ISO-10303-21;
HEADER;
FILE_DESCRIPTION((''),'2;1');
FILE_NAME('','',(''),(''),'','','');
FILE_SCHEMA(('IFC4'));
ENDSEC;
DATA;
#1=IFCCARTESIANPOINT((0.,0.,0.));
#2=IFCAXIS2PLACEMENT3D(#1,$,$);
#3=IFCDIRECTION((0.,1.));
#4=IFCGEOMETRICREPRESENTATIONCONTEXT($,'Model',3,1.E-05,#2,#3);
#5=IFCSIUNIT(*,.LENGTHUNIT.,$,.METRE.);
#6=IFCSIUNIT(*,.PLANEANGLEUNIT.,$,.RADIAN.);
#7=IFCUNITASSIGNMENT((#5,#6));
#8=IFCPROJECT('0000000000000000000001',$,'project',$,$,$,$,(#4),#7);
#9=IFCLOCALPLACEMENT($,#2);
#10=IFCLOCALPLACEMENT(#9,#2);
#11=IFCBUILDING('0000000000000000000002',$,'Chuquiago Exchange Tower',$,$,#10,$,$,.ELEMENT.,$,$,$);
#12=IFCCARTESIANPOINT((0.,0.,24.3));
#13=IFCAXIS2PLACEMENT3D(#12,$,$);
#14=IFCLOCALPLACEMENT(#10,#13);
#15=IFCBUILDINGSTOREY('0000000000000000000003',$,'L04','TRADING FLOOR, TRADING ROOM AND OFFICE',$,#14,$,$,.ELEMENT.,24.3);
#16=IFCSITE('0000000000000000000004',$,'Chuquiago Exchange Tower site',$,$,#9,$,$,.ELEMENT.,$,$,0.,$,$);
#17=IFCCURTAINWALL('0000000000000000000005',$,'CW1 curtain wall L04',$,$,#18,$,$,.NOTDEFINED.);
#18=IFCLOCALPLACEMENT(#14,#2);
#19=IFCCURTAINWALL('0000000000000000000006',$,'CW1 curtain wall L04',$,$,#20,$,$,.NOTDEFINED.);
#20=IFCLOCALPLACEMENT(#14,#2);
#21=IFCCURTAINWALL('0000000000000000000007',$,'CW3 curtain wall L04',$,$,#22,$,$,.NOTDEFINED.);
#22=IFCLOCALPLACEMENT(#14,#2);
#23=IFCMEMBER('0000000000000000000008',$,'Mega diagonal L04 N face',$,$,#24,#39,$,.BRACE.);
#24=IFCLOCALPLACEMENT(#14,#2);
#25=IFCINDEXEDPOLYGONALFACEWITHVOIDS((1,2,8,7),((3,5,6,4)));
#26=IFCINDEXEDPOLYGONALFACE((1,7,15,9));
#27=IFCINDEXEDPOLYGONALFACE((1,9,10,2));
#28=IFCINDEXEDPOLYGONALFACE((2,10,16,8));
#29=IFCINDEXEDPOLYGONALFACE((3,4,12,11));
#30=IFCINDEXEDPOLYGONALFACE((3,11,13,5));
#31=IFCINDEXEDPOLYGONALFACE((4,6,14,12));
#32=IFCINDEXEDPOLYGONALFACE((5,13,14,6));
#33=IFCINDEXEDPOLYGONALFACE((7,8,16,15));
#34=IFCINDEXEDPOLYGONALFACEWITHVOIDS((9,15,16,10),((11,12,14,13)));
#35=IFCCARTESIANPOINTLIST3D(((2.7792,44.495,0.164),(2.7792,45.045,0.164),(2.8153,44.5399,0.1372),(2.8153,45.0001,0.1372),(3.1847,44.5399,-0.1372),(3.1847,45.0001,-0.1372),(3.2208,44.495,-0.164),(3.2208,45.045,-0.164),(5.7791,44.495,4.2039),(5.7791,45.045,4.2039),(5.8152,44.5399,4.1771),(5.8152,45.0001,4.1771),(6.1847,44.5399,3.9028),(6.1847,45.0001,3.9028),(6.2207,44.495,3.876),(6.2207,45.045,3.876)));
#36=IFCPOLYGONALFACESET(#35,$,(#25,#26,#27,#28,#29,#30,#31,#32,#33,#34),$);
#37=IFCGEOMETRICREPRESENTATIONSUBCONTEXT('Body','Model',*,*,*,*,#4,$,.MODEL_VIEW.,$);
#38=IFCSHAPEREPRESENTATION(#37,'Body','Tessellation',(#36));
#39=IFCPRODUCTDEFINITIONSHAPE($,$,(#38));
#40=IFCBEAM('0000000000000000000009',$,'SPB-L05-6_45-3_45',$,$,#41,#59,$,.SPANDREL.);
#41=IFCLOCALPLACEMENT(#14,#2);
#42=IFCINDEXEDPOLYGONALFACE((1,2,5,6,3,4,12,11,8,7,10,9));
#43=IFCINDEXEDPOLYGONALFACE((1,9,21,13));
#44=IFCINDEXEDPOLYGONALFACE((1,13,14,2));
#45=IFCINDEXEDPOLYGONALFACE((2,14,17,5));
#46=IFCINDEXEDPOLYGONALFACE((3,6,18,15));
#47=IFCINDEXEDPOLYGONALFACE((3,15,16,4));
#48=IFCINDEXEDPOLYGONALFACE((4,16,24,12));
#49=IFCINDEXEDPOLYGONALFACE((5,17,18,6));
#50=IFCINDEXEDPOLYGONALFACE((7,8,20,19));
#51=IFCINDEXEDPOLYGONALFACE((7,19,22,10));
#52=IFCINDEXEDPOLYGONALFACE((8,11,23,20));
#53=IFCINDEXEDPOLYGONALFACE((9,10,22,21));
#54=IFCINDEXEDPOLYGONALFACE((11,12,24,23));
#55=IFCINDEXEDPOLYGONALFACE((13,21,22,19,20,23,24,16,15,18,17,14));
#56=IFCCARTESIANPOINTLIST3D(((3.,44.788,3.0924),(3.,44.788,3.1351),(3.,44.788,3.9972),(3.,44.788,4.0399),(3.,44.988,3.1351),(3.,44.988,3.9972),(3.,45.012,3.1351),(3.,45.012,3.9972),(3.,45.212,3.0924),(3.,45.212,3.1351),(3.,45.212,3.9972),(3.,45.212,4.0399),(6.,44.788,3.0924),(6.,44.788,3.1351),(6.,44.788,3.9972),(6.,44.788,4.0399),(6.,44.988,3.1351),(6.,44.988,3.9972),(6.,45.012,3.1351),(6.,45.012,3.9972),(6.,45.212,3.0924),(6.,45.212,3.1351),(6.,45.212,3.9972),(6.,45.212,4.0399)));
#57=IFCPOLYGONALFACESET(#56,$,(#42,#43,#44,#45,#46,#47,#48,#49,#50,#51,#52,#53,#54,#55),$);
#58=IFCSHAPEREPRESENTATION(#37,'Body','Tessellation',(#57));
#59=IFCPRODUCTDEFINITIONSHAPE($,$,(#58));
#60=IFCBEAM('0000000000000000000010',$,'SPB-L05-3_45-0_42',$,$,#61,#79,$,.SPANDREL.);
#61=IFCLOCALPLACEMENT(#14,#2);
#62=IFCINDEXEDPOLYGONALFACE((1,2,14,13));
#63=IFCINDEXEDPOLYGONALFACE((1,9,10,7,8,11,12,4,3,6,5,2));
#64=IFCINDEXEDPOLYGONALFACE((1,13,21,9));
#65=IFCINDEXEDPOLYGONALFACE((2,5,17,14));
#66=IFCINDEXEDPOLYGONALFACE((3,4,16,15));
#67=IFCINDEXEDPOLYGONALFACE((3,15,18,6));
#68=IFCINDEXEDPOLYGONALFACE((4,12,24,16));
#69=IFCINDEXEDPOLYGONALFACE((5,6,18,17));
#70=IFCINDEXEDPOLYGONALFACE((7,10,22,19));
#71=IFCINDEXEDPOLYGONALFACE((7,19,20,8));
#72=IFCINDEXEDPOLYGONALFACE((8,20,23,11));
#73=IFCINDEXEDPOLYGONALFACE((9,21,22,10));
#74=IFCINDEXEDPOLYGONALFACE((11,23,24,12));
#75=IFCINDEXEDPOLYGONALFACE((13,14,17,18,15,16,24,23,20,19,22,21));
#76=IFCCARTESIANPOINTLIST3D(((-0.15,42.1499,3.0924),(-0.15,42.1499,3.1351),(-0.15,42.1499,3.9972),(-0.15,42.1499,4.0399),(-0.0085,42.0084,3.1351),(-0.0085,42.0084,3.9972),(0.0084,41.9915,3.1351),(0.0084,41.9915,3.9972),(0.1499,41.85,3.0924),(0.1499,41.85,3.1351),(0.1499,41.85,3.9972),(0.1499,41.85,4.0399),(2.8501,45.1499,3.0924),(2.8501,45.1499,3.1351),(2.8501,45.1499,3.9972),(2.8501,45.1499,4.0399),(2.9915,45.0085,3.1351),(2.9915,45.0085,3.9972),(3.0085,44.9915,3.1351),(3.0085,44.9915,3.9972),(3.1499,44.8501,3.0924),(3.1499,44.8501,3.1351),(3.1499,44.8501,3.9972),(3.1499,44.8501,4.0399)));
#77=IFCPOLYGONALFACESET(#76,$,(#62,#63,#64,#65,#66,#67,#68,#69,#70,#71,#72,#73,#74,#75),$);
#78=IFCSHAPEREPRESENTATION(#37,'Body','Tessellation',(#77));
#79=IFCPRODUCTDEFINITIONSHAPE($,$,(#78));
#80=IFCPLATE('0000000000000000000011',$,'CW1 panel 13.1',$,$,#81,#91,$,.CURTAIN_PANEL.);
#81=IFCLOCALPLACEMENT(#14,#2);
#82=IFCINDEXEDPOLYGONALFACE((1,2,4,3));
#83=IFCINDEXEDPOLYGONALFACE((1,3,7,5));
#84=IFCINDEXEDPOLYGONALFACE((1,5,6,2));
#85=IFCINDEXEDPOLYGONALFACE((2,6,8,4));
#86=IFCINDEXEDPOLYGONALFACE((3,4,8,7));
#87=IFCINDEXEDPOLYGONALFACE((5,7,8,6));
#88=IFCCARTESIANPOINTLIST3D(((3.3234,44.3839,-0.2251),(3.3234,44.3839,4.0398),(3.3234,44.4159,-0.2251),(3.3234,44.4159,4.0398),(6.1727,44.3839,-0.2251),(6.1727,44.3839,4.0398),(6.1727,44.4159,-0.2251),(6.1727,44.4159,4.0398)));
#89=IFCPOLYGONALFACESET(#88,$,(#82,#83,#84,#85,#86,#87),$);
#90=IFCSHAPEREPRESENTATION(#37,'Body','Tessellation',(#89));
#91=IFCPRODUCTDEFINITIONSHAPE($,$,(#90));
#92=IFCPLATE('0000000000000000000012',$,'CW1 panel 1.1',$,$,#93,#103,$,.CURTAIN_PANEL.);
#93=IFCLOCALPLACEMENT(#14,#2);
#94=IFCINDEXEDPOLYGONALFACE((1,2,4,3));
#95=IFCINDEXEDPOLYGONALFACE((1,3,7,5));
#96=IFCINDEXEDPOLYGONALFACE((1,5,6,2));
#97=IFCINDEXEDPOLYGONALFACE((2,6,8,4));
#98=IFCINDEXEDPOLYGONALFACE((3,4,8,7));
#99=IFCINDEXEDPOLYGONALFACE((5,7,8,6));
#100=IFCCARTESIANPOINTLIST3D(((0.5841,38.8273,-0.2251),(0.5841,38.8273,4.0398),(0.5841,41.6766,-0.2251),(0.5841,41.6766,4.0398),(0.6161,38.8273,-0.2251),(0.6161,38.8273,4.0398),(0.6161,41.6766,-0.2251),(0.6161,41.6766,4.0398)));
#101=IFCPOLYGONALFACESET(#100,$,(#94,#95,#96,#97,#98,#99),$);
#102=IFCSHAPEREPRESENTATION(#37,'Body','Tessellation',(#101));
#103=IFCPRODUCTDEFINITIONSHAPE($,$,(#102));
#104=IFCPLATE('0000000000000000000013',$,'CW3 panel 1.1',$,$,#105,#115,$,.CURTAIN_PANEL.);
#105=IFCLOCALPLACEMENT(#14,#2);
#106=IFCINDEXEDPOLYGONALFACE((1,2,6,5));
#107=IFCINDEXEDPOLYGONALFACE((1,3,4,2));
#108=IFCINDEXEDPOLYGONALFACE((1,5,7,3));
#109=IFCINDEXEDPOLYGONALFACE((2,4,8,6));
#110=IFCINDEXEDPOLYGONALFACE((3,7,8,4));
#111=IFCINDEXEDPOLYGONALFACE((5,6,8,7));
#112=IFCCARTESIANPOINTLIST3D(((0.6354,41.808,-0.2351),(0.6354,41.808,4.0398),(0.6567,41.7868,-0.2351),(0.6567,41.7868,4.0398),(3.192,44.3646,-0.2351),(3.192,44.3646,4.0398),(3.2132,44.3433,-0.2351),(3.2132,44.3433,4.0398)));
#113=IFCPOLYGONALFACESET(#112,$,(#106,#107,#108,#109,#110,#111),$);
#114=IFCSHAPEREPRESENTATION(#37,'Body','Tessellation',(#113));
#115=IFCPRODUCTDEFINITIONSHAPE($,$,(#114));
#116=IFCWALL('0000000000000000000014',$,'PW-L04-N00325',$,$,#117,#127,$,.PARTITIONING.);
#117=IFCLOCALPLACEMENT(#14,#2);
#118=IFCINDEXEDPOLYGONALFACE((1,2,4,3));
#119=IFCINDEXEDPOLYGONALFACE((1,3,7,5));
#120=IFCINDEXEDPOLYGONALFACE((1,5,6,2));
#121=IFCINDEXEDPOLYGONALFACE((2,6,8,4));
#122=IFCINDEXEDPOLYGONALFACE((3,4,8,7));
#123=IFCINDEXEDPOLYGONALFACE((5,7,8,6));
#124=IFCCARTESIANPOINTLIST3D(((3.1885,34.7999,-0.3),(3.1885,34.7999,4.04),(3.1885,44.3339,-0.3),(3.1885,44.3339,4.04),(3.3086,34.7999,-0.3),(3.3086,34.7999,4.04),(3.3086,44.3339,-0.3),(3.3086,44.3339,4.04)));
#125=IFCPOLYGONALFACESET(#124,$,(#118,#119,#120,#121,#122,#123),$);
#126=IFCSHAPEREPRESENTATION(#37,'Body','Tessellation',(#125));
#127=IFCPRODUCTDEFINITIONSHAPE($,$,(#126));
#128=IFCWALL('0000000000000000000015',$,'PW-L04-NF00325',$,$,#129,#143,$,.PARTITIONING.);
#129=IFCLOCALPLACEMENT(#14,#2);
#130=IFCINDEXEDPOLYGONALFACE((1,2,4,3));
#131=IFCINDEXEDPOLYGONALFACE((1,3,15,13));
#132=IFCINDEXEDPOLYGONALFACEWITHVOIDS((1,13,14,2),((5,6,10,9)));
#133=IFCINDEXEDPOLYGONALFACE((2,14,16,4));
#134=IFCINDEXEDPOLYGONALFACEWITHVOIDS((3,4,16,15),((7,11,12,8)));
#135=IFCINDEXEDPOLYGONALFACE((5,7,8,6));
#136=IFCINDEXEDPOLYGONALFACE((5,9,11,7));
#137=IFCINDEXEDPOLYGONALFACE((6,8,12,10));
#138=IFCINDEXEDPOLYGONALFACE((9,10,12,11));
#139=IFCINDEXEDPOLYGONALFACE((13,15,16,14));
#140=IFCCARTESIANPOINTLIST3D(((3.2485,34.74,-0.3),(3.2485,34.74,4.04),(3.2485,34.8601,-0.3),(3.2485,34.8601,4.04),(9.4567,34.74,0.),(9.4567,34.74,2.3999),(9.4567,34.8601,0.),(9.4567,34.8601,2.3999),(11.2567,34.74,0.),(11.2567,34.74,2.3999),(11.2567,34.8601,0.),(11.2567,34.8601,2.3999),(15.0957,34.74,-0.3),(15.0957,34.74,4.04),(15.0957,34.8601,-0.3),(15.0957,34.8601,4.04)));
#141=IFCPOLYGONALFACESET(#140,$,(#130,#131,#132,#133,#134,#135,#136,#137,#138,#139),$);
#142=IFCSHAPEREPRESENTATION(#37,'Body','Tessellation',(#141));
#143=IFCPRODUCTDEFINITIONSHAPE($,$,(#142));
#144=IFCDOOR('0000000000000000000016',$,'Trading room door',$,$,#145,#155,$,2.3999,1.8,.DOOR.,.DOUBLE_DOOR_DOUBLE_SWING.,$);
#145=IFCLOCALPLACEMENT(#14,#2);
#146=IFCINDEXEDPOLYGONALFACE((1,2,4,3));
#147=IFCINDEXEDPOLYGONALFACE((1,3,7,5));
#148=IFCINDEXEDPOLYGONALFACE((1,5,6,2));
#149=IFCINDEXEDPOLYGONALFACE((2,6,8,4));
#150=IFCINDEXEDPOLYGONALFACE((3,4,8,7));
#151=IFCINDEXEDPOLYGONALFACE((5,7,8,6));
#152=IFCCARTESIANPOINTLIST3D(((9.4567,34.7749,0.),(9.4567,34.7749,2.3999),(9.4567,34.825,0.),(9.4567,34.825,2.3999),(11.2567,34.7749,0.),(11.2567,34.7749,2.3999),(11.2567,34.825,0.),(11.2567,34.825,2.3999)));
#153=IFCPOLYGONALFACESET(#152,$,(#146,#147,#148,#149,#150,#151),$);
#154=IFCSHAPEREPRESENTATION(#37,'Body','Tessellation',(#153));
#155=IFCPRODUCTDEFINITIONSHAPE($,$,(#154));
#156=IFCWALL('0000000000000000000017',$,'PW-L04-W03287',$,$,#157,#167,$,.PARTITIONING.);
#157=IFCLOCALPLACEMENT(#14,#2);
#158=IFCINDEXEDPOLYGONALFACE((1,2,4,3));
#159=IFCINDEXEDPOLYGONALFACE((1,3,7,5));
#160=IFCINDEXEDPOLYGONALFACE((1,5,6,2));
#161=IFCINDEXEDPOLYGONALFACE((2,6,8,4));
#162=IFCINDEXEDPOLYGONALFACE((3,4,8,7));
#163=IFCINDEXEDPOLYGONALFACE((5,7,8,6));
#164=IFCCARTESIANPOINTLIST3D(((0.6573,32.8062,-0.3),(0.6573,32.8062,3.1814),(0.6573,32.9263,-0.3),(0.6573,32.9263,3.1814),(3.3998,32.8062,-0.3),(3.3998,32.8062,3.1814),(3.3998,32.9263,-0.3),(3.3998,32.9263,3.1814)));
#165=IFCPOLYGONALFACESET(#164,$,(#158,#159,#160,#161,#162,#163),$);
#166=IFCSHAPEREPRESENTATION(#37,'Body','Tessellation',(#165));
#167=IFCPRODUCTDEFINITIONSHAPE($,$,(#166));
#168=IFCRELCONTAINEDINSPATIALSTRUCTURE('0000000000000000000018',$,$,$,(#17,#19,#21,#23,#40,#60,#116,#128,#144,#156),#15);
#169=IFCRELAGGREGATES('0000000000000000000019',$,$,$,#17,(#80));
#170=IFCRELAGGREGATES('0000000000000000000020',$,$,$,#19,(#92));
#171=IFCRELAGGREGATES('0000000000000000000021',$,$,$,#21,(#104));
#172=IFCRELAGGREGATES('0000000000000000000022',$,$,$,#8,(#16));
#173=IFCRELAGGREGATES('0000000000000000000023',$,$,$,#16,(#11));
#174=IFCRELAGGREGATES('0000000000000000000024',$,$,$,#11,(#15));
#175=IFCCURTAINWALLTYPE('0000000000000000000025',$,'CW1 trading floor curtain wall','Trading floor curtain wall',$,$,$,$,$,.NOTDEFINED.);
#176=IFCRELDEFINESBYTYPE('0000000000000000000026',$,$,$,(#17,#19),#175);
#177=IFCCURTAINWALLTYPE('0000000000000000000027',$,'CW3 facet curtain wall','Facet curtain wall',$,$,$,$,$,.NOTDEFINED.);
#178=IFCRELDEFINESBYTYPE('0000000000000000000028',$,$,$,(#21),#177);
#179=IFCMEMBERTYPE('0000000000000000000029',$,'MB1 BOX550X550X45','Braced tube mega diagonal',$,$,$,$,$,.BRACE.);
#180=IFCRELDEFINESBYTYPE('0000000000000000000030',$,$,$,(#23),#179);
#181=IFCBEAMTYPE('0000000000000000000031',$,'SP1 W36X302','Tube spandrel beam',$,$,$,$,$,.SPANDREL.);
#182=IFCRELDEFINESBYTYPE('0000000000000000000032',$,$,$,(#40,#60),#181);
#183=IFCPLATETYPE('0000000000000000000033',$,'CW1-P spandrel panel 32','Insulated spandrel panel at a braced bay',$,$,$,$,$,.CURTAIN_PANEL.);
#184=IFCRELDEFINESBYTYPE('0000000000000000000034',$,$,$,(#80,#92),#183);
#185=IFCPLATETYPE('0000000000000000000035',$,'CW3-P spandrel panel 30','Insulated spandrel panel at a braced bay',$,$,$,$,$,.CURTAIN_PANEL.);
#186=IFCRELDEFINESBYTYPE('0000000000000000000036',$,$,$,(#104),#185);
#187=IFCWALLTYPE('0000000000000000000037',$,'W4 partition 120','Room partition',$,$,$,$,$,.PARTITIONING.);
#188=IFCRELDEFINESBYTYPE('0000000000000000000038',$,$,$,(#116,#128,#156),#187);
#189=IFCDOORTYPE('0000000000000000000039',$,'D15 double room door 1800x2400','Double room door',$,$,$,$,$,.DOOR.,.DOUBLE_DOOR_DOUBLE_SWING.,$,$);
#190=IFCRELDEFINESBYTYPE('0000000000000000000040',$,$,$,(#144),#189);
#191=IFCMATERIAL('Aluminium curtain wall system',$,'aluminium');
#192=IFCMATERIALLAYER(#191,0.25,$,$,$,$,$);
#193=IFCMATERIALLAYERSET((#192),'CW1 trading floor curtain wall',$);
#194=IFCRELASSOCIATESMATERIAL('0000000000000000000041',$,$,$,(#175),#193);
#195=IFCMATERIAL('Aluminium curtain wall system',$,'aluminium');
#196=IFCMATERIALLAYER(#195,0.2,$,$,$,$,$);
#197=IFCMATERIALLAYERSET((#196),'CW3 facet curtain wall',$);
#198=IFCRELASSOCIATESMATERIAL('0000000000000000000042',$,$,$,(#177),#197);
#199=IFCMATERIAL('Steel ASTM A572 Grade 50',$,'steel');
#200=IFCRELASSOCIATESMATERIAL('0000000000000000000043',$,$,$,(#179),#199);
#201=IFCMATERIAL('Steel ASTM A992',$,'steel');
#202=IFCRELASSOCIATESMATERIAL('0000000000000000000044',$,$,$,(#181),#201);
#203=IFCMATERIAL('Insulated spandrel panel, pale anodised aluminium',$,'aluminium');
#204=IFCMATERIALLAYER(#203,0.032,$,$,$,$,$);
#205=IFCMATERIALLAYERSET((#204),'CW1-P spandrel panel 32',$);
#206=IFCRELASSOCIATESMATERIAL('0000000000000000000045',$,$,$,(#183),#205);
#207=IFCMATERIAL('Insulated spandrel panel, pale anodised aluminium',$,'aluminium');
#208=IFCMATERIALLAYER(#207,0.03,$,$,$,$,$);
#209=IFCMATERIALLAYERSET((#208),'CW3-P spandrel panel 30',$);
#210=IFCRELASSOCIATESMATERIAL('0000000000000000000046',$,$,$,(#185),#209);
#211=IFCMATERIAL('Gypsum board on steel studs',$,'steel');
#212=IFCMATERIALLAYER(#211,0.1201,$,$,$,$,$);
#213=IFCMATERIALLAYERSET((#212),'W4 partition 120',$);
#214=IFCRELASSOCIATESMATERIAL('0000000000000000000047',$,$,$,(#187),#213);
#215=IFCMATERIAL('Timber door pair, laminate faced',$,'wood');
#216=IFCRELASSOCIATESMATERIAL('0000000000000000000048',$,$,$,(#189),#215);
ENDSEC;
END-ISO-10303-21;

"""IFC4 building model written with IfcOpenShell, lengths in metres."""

from ifc_helpers import new_model, si_unit, direction, frame, frame_2d, origin, origin_2d, place, context, subcontext, project, spatial, rectangle, hollow_rectangle, i_section, extrude, material, layer, layer_set, material_profile, profile_set, type_object, element, fill, aggregate, save


model = new_model("IFC4")

# Units and contexts
model_context = context("Model", 3, precision=1e-05, world=origin(), true_north=direction((0.0, 1.0)))
body_context = subcontext(model_context, "Body", "Model", "MODEL_VIEW")
ifc_project = project(units=[si_unit("LENGTHUNIT", "METRE"), si_unit("PLANEANGLEUNIT", "RADIAN")], contexts=[model_context])

# Site, building, storey
site_placement = place(None, origin())
site = spatial("IfcSite", under=ifc_project, at=site_placement, Name="Chuquiago Exchange Tower site", CompositionType="ELEMENT", RefElevation=0.0)
building_placement = place(site_placement, origin())
building = spatial("IfcBuilding", under=site, at=building_placement, Name="Chuquiago Exchange Tower", CompositionType="ELEMENT")
storey_placement = place(building_placement, frame((0.0, 0.0, 24.3)))
storey = spatial("IfcBuildingStorey", under=building, at=storey_placement, Name="L04", Description="TRADING FLOOR, TRADING ROOM AND OFFICE", CompositionType="ELEMENT", Elevation=24.3)

# Curtain wall
ifc_material_1 = material(Name="Aluminium curtain wall system", Category="aluminium")
ifc_layer_1 = layer(ifc_material_1, 0.25)
ifc_layer_set_1 = layer_set([ifc_layer_1], Name="CW1 trading floor curtain wall")
curtain_wall_type_1 = type_object("IfcCurtainWallType", Name="CW1 trading floor curtain wall", Description="Trading floor curtain wall", PredefinedType="NOTDEFINED", material=ifc_layer_set_1)
curtain_wall_1_placement = place(storey_placement, origin())
curtain_wall_1 = element("IfcCurtainWall", 1, at=curtain_wall_1_placement, inside=storey, type_object=curtain_wall_type_1, Name="CW1 curtain wall L04", PredefinedType="NOTDEFINED")

# Curtain wall
curtain_wall_2_placement = place(storey_placement, origin())
curtain_wall_2 = element("IfcCurtainWall", 2, at=curtain_wall_2_placement, inside=storey, type_object=curtain_wall_type_1, Name="CW1 curtain wall L04", PredefinedType="NOTDEFINED")

# Curtain wall
ifc_material_2 = material(Name="Aluminium curtain wall system", Category="aluminium")
ifc_layer_2 = layer(ifc_material_2, 0.2)
ifc_layer_set_2 = layer_set([ifc_layer_2], Name="CW3 facet curtain wall")
curtain_wall_type_2 = type_object("IfcCurtainWallType", Name="CW3 facet curtain wall", Description="Facet curtain wall", PredefinedType="NOTDEFINED", material=ifc_layer_set_2)
curtain_wall_3_placement = place(storey_placement, origin())
curtain_wall_3 = element("IfcCurtainWall", 3, at=curtain_wall_3_placement, inside=storey, type_object=curtain_wall_type_2, Name="CW3 curtain wall L04", PredefinedType="NOTDEFINED")

# Member
ifc_material_3 = material(Name="Steel ASTM A572 Grade 50", Category="steel")
ifc_material_profile_1 = material_profile(ifc_material_3, hollow_rectangle(XDim=0.55, YDim=0.55, WallThickness=0.0449, at=origin_2d()), Name="BOX550X550X45")
ifc_profile_set_1 = profile_set([ifc_material_profile_1], Name="Steel ASTM A572 Grade 50")
member_type_1 = type_object("IfcMemberType", Name="MB1 BOX550X550X45", Description="Braced tube mega diagonal", PredefinedType="BRACE", material=ifc_profile_set_1)
member_1_placement = place(storey_placement, frame((3.0, 44.77, 0.0), z_axis=(0.596174, 0.0, 0.802855), x_axis=(0.0, 1.0, 0.0)))
element("IfcMember", 4, at=member_1_placement, inside=storey, type_object=member_type_1, Name="Mega diagonal L04 N face", PredefinedType="BRACE", context=body_context, shape_type="SweptSolid", body=[
    extrude(hollow_rectangle(XDim=0.55, YDim=0.55, WallThickness=0.0449, at=origin_2d()), origin(), (0.0, 0.0, 1.0), 5.032),
])

# Beams
ifc_material_4 = material(Name="Steel ASTM A992", Category="steel")
ifc_material_profile_2 = material_profile(ifc_material_4, i_section(OverallWidth=0.4241, OverallDepth=0.9475, WebThickness=0.0239, FlangeThickness=0.0427, at=origin_2d()), Name="W36X302")
ifc_profile_set_2 = profile_set([ifc_material_profile_2], Name="Steel ASTM A992")
beam_type = type_object("IfcBeamType", Name="SP1 W36X302", Description="Tube spandrel beam", PredefinedType="SPANDREL", material=ifc_profile_set_2)
beam_1_placement = place(storey_placement, frame((6.0, 45.0, 3.5662), z_axis=(-1.0, 0.0, 0.0), x_axis=(0.0, -1.0, 0.0)))
element("IfcBeam", 5, at=beam_1_placement, inside=storey, type_object=beam_type, Name="SPB-L05-6_45-3_45", PredefinedType="SPANDREL", context=body_context, shape_type="SweptSolid", body=[
    extrude(i_section(OverallWidth=0.4241, OverallDepth=0.9475, WebThickness=0.0239, FlangeThickness=0.0427, at=origin_2d()), origin(), (0.0, 0.0, 1.0), 3.0),
])
beam_2_placement = place(storey_placement, frame((3.0, 45.0, 3.5662), z_axis=(-0.707107, -0.707107, 0.0), x_axis=(0.707107, -0.707107, 0.0)))
element("IfcBeam", 6, at=beam_2_placement, inside=storey, type_object=beam_type, Name="SPB-L05-3_45-0_42", PredefinedType="SPANDREL", context=body_context, shape_type="SweptSolid", body=[
    extrude(i_section(OverallWidth=0.4241, OverallDepth=0.9475, WebThickness=0.0239, FlangeThickness=0.0427, at=origin_2d()), origin(), (0.0, 0.0, 1.0), 4.2427),
])

# Plates
ifc_material_5 = material(Name="Insulated spandrel panel, pale anodised aluminium", Category="aluminium")
ifc_layer_3 = layer(ifc_material_5, 0.032)
ifc_layer_set_3 = layer_set([ifc_layer_3], Name="CW1-P spandrel panel 32")
plate_type_1 = type_object("IfcPlateType", Name="CW1-P spandrel panel 32", Description="Insulated spandrel panel at a braced bay", PredefinedType="CURTAIN_PANEL", material=ifc_layer_set_3)
plate_1_placement = place(storey_placement, frame((4.748, 44.3999, -0.2251), z_axis=(0.0, 0.0, 1.0), x_axis=(-1.0, 0.0, 0.0)))
plate_1 = element("IfcPlate", 7, at=plate_1_placement, type_object=plate_type_1, Name="CW1 panel 13.1", PredefinedType="CURTAIN_PANEL", context=body_context, shape_type="SweptSolid", body=[
    extrude(rectangle(XDim=2.8494, YDim=0.032, at=origin_2d()), origin(), (0.0, 0.0, 1.0), 4.2649),
])
aggregate(curtain_wall_1, [plate_1])
plate_2_placement = place(storey_placement, frame((0.6001, 40.252, -0.2251), z_axis=(0.0, 0.0, 1.0), x_axis=(0.0, -1.0, 0.0)))
plate_2 = element("IfcPlate", 8, at=plate_2_placement, type_object=plate_type_1, Name="CW1 panel 1.1", PredefinedType="CURTAIN_PANEL", context=body_context, shape_type="SweptSolid", body=[
    extrude(rectangle(XDim=2.8494, YDim=0.032, at=origin_2d()), origin(), (0.0, 0.0, 1.0), 4.2649),
])
aggregate(curtain_wall_2, [plate_2])
ifc_material_6 = material(Name="Insulated spandrel panel, pale anodised aluminium", Category="aluminium")
ifc_layer_4 = layer(ifc_material_6, 0.03)
ifc_layer_set_4 = layer_set([ifc_layer_4], Name="CW3-P spandrel panel 30")
plate_type_2 = type_object("IfcPlateType", Name="CW3-P spandrel panel 30", Description="Insulated spandrel panel at a braced bay", PredefinedType="CURTAIN_PANEL", material=ifc_layer_set_4)
plate_3_placement = place(storey_placement, frame((1.9243, 43.0757, -0.2351), z_axis=(0.0, 0.0, 1.0), x_axis=(-0.707107, -0.707107, 0.0)))
plate_3 = element("IfcPlate", 9, at=plate_3_placement, type_object=plate_type_2, Name="CW3 panel 1.1", PredefinedType="CURTAIN_PANEL", context=body_context, shape_type="SweptSolid", body=[
    extrude(rectangle(XDim=3.6155, YDim=0.03, at=origin_2d()), origin(), (0.0, 0.0, 1.0), 4.2749),
])
aggregate(curtain_wall_3, [plate_3])

# Wall
ifc_material_7 = material(Name="Gypsum board on steel studs", Category="steel")
ifc_layer_5 = layer(ifc_material_7, 0.1201)
ifc_layer_set_5 = layer_set([ifc_layer_5], Name="W4 partition 120")
wall_type = type_object("IfcWallType", Name="W4 partition 120", Description="Room partition", PredefinedType="PARTITIONING", material=ifc_layer_set_5)
wall_1_placement = place(storey_placement, frame((3.2485, 44.334, -0.3), z_axis=(0.0, 0.0, 1.0), x_axis=(0.0, -1.0, 0.0)))
element("IfcWall", 10, at=wall_1_placement, inside=storey, type_object=wall_type, Name="PW-L04-N00325", PredefinedType="PARTITIONING", context=body_context, shape_type="SweptSolid", body=[
    extrude(rectangle(XDim=9.5339, YDim=0.1201, at=frame_2d((4.7671, 0.0))), origin(), (0.0, 0.0, 1.0), 4.3401),
])

# Wall, opening, door
wall_2_placement = place(storey_placement, frame((3.2485, 34.8, -0.3), z_axis=(0.0, 0.0, 1.0), x_axis=(1.0, 0.0, 0.0)))
wall_2 = element("IfcWall", 11, at=wall_2_placement, inside=storey, type_object=wall_type, Name="PW-L04-NF00325", PredefinedType="PARTITIONING", context=body_context, shape_type="SweptSolid", body=[
    extrude(rectangle(XDim=11.8472, YDim=0.1201, at=frame_2d((5.9236, 0.0))), origin(), (0.0, 0.0, 1.0), 4.3401),
])
opening_placement = place(wall_2_placement, frame((6.2083, 0.0, 0.3)))
opening = element("IfcOpeningElement", 12, at=opening_placement, cuts=wall_2, PredefinedType="OPENING", context=body_context, shape_type="SweptSolid", body=[
    extrude(rectangle(XDim=1.8, YDim=2.3999, at=frame_2d((0.8999, 1.2))), frame((0.0, 0.0701, 0.0), z_axis=(0.0, -1.0, 0.0), x_axis=(1.0, 0.0, 0.0)), (0.0, 0.0, 1.0), 0.1401),
])
ifc_material_8 = material(Name="Timber door pair, laminate faced", Category="wood")
door_type = type_object("IfcDoorType", Name="D15 double room door 1800x2400", Description="Double room door", OperationType="DOUBLE_DOOR_DOUBLE_SWING", PredefinedType="DOOR", material=ifc_material_8)
door_placement = place(opening_placement, origin())
door = element("IfcDoor", 13, at=door_placement, inside=storey, type_object=door_type, Name="Trading room door", OperationType="DOUBLE_DOOR_DOUBLE_SWING", OverallHeight=2.3999, OverallWidth=1.8, PredefinedType="DOOR", context=body_context, shape_type="SweptSolid", body=[
    extrude(rectangle(XDim=1.8, YDim=2.3999, at=frame_2d((0.8999, 1.2))), frame((0.0, 0.0249, 0.0), z_axis=(0.0, -1.0, 0.0), x_axis=(1.0, 0.0, 0.0)), (0.0, 0.0, 1.0), 0.05),
])
fill(opening, door)

# Wall
wall_3_placement = place(storey_placement, frame((0.6575, 32.8662, -0.3), z_axis=(0.0, 0.0, 1.0), x_axis=(1.0, 0.0, 0.0)))
element("IfcWall", 14, at=wall_3_placement, inside=storey, type_object=wall_type, Name="PW-L04-W03287", PredefinedType="PARTITIONING", context=body_context, shape_type="SweptSolid", body=[
    extrude(rectangle(XDim=2.7424, YDim=0.1201, at=frame_2d((1.3711, 0.0))), origin(), (0.0, 0.0, 1.0), 3.4814),
])

save(model, "model.ifc")
